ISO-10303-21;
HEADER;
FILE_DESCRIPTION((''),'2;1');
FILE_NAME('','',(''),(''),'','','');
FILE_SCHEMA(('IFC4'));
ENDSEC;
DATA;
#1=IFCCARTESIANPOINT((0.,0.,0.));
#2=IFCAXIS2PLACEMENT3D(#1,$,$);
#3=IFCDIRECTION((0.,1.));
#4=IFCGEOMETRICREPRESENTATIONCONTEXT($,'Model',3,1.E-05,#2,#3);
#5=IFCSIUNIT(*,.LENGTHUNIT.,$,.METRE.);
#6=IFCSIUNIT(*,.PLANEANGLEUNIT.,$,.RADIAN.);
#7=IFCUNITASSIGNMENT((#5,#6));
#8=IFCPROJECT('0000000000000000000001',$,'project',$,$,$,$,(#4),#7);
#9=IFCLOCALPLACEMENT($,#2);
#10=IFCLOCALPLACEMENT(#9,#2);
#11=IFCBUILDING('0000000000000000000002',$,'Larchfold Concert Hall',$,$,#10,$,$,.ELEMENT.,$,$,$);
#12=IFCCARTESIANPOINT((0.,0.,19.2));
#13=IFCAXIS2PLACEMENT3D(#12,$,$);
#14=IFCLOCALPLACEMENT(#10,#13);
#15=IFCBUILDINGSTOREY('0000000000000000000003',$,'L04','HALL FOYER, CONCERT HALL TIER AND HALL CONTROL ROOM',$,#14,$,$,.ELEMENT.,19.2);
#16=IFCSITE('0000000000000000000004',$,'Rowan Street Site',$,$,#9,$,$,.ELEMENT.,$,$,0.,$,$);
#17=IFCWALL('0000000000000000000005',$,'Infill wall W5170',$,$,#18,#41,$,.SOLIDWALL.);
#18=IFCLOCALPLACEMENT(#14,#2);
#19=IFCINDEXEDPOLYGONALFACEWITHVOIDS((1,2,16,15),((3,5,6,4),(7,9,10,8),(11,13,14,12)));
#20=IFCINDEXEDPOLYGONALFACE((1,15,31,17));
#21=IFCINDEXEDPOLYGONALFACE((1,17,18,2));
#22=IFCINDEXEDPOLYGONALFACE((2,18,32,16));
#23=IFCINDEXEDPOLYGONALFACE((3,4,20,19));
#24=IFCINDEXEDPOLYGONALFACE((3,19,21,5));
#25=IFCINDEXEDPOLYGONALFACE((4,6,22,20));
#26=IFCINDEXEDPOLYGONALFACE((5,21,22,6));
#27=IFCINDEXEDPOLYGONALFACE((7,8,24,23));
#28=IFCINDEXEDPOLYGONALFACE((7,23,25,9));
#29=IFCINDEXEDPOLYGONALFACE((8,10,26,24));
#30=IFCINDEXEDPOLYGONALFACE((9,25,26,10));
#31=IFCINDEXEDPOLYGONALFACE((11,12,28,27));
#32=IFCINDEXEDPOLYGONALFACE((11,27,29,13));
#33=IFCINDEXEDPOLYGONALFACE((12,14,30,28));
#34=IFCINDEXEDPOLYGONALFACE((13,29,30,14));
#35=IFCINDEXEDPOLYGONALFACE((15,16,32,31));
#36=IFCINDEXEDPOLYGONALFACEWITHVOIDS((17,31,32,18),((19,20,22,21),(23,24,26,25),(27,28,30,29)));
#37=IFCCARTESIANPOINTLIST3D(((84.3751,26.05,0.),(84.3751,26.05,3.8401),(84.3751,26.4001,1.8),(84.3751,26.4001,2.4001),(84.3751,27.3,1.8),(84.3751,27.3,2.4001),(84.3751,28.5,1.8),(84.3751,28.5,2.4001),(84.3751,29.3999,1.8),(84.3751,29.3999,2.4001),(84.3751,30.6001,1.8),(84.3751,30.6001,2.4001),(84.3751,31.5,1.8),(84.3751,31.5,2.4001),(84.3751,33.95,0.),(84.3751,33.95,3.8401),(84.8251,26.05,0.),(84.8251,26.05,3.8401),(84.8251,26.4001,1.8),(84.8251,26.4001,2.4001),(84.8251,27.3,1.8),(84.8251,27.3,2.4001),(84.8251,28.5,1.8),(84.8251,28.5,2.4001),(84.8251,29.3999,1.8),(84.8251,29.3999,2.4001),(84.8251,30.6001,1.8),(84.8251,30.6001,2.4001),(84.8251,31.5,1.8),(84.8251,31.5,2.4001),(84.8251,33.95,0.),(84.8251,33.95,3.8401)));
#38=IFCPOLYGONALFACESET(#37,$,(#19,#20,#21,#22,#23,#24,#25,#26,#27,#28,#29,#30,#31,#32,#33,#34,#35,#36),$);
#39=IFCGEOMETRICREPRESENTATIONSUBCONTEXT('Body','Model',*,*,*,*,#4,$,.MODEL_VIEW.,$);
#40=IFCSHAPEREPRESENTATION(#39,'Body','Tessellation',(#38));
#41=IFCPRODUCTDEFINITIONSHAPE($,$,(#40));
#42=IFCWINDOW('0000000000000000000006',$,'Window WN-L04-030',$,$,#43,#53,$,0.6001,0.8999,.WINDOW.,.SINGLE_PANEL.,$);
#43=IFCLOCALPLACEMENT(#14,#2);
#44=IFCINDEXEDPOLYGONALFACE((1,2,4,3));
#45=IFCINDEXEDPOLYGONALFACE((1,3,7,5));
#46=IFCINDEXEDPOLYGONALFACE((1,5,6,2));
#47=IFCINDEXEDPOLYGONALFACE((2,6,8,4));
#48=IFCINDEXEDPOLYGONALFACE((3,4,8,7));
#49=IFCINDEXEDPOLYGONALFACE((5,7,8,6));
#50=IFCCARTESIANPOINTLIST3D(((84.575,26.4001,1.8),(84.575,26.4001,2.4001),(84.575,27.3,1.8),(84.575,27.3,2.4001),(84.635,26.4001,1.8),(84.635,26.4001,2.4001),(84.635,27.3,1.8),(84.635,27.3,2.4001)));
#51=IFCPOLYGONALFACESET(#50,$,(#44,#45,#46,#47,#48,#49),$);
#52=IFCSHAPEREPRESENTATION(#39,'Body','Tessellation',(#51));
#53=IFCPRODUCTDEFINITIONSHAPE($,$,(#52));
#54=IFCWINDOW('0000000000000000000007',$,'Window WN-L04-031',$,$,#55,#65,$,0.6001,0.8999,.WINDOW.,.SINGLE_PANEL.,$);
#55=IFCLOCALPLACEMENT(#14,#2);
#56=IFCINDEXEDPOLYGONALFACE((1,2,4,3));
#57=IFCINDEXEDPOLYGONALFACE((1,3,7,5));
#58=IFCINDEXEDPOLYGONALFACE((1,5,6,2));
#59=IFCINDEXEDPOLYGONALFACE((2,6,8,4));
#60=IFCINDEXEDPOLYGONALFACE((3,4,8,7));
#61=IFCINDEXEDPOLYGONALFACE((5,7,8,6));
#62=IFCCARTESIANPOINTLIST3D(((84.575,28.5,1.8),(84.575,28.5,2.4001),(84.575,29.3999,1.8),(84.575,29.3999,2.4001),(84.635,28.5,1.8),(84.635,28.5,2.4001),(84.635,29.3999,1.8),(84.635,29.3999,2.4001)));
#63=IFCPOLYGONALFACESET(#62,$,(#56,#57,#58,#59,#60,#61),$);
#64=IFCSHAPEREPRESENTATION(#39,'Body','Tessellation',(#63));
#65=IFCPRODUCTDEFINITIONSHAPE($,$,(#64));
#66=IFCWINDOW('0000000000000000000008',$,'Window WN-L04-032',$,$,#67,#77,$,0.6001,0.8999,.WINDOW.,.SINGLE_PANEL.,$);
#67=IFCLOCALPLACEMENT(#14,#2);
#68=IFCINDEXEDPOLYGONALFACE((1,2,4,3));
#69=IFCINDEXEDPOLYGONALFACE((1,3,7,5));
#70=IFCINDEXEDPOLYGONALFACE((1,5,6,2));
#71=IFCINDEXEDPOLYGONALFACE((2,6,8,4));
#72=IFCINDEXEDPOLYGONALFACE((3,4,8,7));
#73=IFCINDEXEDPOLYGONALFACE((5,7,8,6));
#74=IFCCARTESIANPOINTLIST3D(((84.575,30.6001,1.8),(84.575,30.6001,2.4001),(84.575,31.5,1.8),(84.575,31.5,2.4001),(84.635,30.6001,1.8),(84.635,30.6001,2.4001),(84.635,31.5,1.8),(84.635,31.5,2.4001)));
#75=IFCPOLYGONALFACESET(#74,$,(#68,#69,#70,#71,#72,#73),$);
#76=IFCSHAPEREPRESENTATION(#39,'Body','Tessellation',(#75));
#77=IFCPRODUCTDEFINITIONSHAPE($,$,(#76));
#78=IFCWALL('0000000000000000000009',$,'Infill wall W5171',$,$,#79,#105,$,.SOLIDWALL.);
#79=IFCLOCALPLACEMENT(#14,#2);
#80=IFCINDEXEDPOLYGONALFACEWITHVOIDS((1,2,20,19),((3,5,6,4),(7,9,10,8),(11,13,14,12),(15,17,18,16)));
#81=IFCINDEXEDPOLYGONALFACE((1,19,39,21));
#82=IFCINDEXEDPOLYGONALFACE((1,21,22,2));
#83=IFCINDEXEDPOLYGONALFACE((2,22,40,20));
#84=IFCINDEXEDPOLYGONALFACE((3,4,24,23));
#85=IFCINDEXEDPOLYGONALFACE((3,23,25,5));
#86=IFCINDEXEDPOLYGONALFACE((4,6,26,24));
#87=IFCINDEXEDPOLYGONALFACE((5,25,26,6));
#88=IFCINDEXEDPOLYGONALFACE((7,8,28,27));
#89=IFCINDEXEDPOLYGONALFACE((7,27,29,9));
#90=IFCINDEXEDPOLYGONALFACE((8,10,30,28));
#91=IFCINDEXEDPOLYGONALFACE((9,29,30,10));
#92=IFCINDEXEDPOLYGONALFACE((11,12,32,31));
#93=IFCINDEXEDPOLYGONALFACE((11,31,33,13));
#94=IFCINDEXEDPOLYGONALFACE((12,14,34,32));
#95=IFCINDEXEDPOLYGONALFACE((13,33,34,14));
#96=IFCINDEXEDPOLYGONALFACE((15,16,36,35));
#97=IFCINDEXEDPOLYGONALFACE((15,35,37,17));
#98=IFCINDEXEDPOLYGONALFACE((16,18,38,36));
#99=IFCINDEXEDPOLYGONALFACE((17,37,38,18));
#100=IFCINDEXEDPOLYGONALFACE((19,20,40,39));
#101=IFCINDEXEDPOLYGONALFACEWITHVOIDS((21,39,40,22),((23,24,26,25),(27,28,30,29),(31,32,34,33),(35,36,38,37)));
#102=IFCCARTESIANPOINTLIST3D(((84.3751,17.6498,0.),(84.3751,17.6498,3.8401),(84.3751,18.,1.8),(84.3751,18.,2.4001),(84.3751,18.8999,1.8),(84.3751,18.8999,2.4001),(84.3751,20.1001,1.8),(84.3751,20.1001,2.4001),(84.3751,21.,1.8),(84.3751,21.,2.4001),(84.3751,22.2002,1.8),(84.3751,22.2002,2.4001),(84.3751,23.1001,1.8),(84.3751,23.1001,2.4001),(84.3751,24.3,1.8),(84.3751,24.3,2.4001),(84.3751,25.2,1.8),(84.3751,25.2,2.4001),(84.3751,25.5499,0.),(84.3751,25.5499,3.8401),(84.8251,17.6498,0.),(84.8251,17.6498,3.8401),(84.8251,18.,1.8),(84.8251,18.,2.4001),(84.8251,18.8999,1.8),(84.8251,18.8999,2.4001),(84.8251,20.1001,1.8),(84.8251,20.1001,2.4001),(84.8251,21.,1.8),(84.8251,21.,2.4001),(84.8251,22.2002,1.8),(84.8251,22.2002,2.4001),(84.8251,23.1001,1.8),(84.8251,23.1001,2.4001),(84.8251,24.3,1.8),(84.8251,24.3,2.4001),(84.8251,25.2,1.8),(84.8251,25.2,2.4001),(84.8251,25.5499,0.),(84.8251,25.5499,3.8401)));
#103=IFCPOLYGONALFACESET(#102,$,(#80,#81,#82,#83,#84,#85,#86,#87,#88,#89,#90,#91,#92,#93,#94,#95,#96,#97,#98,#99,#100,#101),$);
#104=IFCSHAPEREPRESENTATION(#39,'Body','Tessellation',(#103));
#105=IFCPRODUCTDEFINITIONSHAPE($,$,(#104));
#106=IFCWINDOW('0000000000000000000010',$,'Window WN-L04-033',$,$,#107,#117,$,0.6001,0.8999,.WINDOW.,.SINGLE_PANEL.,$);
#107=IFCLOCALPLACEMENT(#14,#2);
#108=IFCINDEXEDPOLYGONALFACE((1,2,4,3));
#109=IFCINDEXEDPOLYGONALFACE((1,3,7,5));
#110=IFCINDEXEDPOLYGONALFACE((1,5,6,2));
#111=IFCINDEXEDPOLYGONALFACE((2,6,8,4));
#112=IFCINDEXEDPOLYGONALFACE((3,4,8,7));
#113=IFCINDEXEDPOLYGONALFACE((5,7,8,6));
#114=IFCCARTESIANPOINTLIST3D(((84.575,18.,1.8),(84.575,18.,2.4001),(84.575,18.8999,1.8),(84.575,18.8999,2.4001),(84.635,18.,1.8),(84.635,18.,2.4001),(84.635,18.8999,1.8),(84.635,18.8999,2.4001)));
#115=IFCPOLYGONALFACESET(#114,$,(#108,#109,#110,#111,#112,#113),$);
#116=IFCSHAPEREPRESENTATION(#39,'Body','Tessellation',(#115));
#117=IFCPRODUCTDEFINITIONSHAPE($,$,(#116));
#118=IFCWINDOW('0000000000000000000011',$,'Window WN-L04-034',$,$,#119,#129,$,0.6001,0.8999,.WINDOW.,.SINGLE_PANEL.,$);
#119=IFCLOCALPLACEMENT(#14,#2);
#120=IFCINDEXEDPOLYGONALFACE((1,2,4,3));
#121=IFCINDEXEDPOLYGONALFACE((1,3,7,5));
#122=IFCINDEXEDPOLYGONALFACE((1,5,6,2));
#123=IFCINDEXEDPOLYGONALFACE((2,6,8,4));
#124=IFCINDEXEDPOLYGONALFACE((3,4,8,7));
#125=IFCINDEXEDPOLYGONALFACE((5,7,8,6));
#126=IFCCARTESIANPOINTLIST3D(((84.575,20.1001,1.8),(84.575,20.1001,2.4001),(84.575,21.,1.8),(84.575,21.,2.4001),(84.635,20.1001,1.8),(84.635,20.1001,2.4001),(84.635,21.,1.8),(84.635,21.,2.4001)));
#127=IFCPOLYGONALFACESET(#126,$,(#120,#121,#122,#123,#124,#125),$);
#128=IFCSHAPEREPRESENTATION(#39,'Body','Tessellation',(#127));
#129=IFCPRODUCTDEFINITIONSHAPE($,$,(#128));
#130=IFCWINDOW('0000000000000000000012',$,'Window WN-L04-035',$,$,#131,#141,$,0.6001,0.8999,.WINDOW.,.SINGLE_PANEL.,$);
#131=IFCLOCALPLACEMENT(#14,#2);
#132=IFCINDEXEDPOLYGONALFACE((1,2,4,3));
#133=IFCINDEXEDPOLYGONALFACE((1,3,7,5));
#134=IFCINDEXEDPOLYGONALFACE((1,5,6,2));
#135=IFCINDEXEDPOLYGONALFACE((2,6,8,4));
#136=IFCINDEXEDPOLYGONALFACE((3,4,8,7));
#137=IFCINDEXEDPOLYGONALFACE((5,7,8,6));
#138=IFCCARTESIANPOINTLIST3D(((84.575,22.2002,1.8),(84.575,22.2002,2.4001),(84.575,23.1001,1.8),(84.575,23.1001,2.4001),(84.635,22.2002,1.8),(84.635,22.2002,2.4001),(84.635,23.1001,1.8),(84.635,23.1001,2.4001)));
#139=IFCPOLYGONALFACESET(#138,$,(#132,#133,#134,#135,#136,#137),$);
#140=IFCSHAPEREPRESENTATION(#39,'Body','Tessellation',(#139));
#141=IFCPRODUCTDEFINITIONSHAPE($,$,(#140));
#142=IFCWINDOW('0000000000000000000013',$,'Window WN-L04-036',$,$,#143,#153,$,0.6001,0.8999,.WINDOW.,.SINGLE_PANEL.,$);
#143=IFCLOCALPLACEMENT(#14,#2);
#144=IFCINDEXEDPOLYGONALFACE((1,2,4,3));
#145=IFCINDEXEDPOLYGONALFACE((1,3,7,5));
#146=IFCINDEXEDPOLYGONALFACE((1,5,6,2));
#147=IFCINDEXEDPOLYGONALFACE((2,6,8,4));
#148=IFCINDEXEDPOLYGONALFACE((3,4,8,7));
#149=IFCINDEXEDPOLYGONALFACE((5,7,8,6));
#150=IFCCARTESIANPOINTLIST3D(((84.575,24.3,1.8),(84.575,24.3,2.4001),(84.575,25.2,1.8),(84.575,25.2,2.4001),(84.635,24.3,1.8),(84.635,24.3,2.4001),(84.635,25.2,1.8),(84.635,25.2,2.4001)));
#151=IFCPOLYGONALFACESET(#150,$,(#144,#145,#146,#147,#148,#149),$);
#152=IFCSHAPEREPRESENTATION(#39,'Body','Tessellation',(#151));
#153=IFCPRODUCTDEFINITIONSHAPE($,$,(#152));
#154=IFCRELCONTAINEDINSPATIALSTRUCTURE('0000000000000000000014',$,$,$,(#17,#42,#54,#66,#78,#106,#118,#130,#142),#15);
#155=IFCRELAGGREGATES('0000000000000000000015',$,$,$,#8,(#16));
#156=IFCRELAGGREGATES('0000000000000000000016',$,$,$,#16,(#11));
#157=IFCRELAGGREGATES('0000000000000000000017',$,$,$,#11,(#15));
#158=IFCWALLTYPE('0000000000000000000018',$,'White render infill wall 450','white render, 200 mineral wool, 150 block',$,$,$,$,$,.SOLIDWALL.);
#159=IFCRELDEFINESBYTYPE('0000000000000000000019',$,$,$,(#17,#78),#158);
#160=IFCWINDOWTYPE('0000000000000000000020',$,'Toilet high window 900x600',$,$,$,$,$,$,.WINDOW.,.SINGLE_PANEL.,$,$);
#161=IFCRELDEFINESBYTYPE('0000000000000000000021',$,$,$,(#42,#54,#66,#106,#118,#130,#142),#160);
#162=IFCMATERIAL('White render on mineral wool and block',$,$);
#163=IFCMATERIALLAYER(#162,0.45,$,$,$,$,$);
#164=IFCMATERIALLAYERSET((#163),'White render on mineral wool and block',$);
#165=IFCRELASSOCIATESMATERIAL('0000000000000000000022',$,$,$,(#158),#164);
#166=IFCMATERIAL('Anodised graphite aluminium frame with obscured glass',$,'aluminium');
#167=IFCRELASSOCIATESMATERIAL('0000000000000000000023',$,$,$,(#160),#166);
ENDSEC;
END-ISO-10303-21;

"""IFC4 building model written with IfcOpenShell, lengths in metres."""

from ifc_helpers import new_model, si_unit, direction, frame, frame_2d, origin, place, context, subcontext, project, spatial, rectangle, extrude, material, layer, layer_set, type_object, element, fill, save


model = new_model("IFC4")

# Units and contexts
model_context = context("Model", 3, precision=1e-05, world=origin(), true_north=direction((0.0, 1.0)))
body_context = subcontext(model_context, "Body", "Model", "MODEL_VIEW")
ifc_project = project(units=[si_unit("LENGTHUNIT", "METRE"), si_unit("PLANEANGLEUNIT", "RADIAN")], contexts=[model_context])

# Site, building, storey
site_placement = place(None, origin())
site = spatial("IfcSite", under=ifc_project, at=site_placement, Name="Rowan Street Site", CompositionType="ELEMENT", RefElevation=0.0)
building_placement = place(site_placement, origin())
building = spatial("IfcBuilding", under=site, at=building_placement, Name="Larchfold Concert Hall", CompositionType="ELEMENT")
storey_placement = place(building_placement, frame((0.0, 0.0, 19.2)))
storey = spatial("IfcBuildingStorey", under=building, at=storey_placement, Name="L04", Description="HALL FOYER, CONCERT HALL TIER AND HALL CONTROL ROOM", CompositionType="ELEMENT", Elevation=19.2)

# Walls, openings, windows
ifc_material_1 = material(Name="White render on mineral wool and block")
ifc_layer_1 = layer(ifc_material_1, 0.45)
ifc_layer_set_1 = layer_set([ifc_layer_1], Name="White render on mineral wool and block")
wall_type_1 = type_object("IfcWallType", Name="White render infill wall 450", Description="white render, 200 mineral wool, 150 block", PredefinedType="SOLIDWALL", material=ifc_layer_set_1)
wall_1_placement = place(storey_placement, frame((84.6001, 33.95, 0.0), z_axis=(0.0, 0.0, 1.0), x_axis=(0.0, -1.0, 0.0)))
wall_1 = element("IfcWall", 1, at=wall_1_placement, inside=storey, type_object=wall_type_1, Name="Infill wall W5170", PredefinedType="SOLIDWALL", context=body_context, shape_type="SweptSolid", body=[
    extrude(rectangle(XDim=7.8999, YDim=0.45, at=frame_2d((3.95, 0.0))), origin(), (0.0, 0.0, 1.0), 3.8401),
])
opening_1_placement = place(wall_1_placement, frame((6.6499, 0.0, 1.8)))
opening_1 = element("IfcOpeningElement", 2, at=opening_1_placement, cuts=wall_1, PredefinedType="OPENING", context=body_context, shape_type="SweptSolid", body=[
    extrude(rectangle(XDim=0.8999, YDim=0.6001, at=frame_2d((0.45, 0.3))), frame((0.0, 0.2349, 0.0), z_axis=(0.0, -1.0, 0.0), x_axis=(1.0, 0.0, 0.0)), (0.0, 0.0, 1.0), 0.47),
])
opening_2_placement = place(wall_1_placement, frame((4.55, 0.0, 1.8)))
opening_2 = element("IfcOpeningElement", 3, at=opening_2_placement, cuts=wall_1, PredefinedType="OPENING", context=body_context, shape_type="SweptSolid", body=[
    extrude(rectangle(XDim=0.8999, YDim=0.6001, at=frame_2d((0.45, 0.3))), frame((0.0, 0.2349, 0.0), z_axis=(0.0, -1.0, 0.0), x_axis=(1.0, 0.0, 0.0)), (0.0, 0.0, 1.0), 0.47),
])
opening_3_placement = place(wall_1_placement, frame((2.45, 0.0, 1.8)))
opening_3 = element("IfcOpeningElement", 4, at=opening_3_placement, cuts=wall_1, PredefinedType="OPENING", context=body_context, shape_type="SweptSolid", body=[
    extrude(rectangle(XDim=0.8999, YDim=0.6001, at=frame_2d((0.45, 0.3))), frame((0.0, 0.2349, 0.0), z_axis=(0.0, -1.0, 0.0), x_axis=(1.0, 0.0, 0.0)), (0.0, 0.0, 1.0), 0.47),
])
ifc_material_2 = material(Name="Anodised graphite aluminium frame with obscured glass", Category="aluminium")
window_type = type_object("IfcWindowType", Name="Toilet high window 900x600", PartitioningType="SINGLE_PANEL", PredefinedType="WINDOW", material=ifc_material_2)
window_1_placement = place(opening_1_placement, origin())
window_1 = element("IfcWindow", 5, at=window_1_placement, inside=storey, type_object=window_type, Name="Window WN-L04-030", OverallHeight=0.6001, OverallWidth=0.8999, PartitioningType="SINGLE_PANEL", PredefinedType="WINDOW", context=body_context, shape_type="SweptSolid", body=[
    extrude(rectangle(XDim=0.8999, YDim=0.6001, at=frame_2d((0.45, 0.3))), frame((0.0, 0.0349, 0.0), z_axis=(0.0, -1.0, 0.0), x_axis=(1.0, 0.0, 0.0)), (0.0, 0.0, 1.0), 0.0601),
])
fill(opening_1, window_1)
window_2_placement = place(opening_2_placement, origin())
window_2 = element("IfcWindow", 6, at=window_2_placement, inside=storey, type_object=window_type, Name="Window WN-L04-031", OverallHeight=0.6001, OverallWidth=0.8999, PartitioningType="SINGLE_PANEL", PredefinedType="WINDOW", context=body_context, shape_type="SweptSolid", body=[
    extrude(rectangle(XDim=0.8999, YDim=0.6001, at=frame_2d((0.45, 0.3))), frame((0.0, 0.0349, 0.0), z_axis=(0.0, -1.0, 0.0), x_axis=(1.0, 0.0, 0.0)), (0.0, 0.0, 1.0), 0.0601),
])
fill(opening_2, window_2)
window_3_placement = place(opening_3_placement, origin())
window_3 = element("IfcWindow", 7, at=window_3_placement, inside=storey, type_object=window_type, Name="Window WN-L04-032", OverallHeight=0.6001, OverallWidth=0.8999, PartitioningType="SINGLE_PANEL", PredefinedType="WINDOW", context=body_context, shape_type="SweptSolid", body=[
    extrude(rectangle(XDim=0.8999, YDim=0.6001, at=frame_2d((0.45, 0.3))), frame((0.0, 0.0349, 0.0), z_axis=(0.0, -1.0, 0.0), x_axis=(1.0, 0.0, 0.0)), (0.0, 0.0, 1.0), 0.0601),
])
fill(opening_3, window_3)
wall_2_placement = place(storey_placement, frame((84.6001, 25.55, 0.0), z_axis=(0.0, 0.0, 1.0), x_axis=(0.0, -1.0, 0.0)))
wall_2 = element("IfcWall", 8, at=wall_2_placement, inside=storey, type_object=wall_type_1, Name="Infill wall W5171", PredefinedType="SOLIDWALL", context=body_context, shape_type="SweptSolid", body=[
    extrude(rectangle(XDim=7.9001, YDim=0.45, at=frame_2d((3.9502, 0.0))), origin(), (0.0, 0.0, 1.0), 3.8401),
])
opening_4_placement = place(wall_2_placement, frame((6.6501, 0.0, 1.8)))
opening_4 = element("IfcOpeningElement", 9, at=opening_4_placement, cuts=wall_2, PredefinedType="OPENING", context=body_context, shape_type="SweptSolid", body=[
    extrude(rectangle(XDim=0.8999, YDim=0.6001, at=frame_2d((0.45, 0.3))), frame((0.0, 0.2349, 0.0), z_axis=(0.0, -1.0, 0.0), x_axis=(1.0, 0.0, 0.0)), (0.0, 0.0, 1.0), 0.47),
])
opening_5_placement = place(wall_2_placement, frame((4.55, 0.0, 1.8)))
opening_5 = element("IfcOpeningElement", 10, at=opening_5_placement, cuts=wall_2, PredefinedType="OPENING", context=body_context, shape_type="SweptSolid", body=[
    extrude(rectangle(XDim=0.8999, YDim=0.6001, at=frame_2d((0.45, 0.3))), frame((0.0, 0.2349, 0.0), z_axis=(0.0, -1.0, 0.0), x_axis=(1.0, 0.0, 0.0)), (0.0, 0.0, 1.0), 0.47),
])
opening_6_placement = place(wall_2_placement, frame((2.45, 0.0, 1.8)))
opening_6 = element("IfcOpeningElement", 11, at=opening_6_placement, cuts=wall_2, PredefinedType="OPENING", context=body_context, shape_type="SweptSolid", body=[
    extrude(rectangle(XDim=0.8999, YDim=0.6001, at=frame_2d((0.45, 0.3))), frame((0.0, 0.2349, 0.0), z_axis=(0.0, -1.0, 0.0), x_axis=(1.0, 0.0, 0.0)), (0.0, 0.0, 1.0), 0.47),
])
opening_7_placement = place(wall_2_placement, frame((0.3501, 0.0, 1.8)))
opening_7 = element("IfcOpeningElement", 12, at=opening_7_placement, cuts=wall_2, PredefinedType="OPENING", context=body_context, shape_type="SweptSolid", body=[
    extrude(rectangle(XDim=0.8999, YDim=0.6001, at=frame_2d((0.45, 0.3))), frame((0.0, 0.2349, 0.0), z_axis=(0.0, -1.0, 0.0), x_axis=(1.0, 0.0, 0.0)), (0.0, 0.0, 1.0), 0.47),
])
window_4_placement = place(opening_4_placement, origin())
window_4 = element("IfcWindow", 13, at=window_4_placement, inside=storey, type_object=window_type, Name="Window WN-L04-033", OverallHeight=0.6001, OverallWidth=0.8999, PartitioningType="SINGLE_PANEL", PredefinedType="WINDOW", context=body_context, shape_type="SweptSolid", body=[
    extrude(rectangle(XDim=0.8999, YDim=0.6001, at=frame_2d((0.45, 0.3))), frame((0.0, 0.0349, 0.0), z_axis=(0.0, -1.0, 0.0), x_axis=(1.0, 0.0, 0.0)), (0.0, 0.0, 1.0), 0.0601),
])
fill(opening_4, window_4)
window_5_placement = place(opening_5_placement, origin())
window_5 = element("IfcWindow", 14, at=window_5_placement, inside=storey, type_object=window_type, Name="Window WN-L04-034", OverallHeight=0.6001, OverallWidth=0.8999, PartitioningType="SINGLE_PANEL", PredefinedType="WINDOW", context=body_context, shape_type="SweptSolid", body=[
    extrude(rectangle(XDim=0.8999, YDim=0.6001, at=frame_2d((0.45, 0.3))), frame((0.0, 0.0349, 0.0), z_axis=(0.0, -1.0, 0.0), x_axis=(1.0, 0.0, 0.0)), (0.0, 0.0, 1.0), 0.0601),
])
fill(opening_5, window_5)
window_6_placement = place(opening_6_placement, origin())
window_6 = element("IfcWindow", 15, at=window_6_placement, inside=storey, type_object=window_type, Name="Window WN-L04-035", OverallHeight=0.6001, OverallWidth=0.8999, PartitioningType="SINGLE_PANEL", PredefinedType="WINDOW", context=body_context, shape_type="SweptSolid", body=[
    extrude(rectangle(XDim=0.8999, YDim=0.6001, at=frame_2d((0.45, 0.3))), frame((0.0, 0.0349, 0.0), z_axis=(0.0, -1.0, 0.0), x_axis=(1.0, 0.0, 0.0)), (0.0, 0.0, 1.0), 0.0601),
])
fill(opening_6, window_6)
window_7_placement = place(opening_7_placement, origin())
window_7 = element("IfcWindow", 16, at=window_7_placement, inside=storey, type_object=window_type, Name="Window WN-L04-036", OverallHeight=0.6001, OverallWidth=0.8999, PartitioningType="SINGLE_PANEL", PredefinedType="WINDOW", context=body_context, shape_type="SweptSolid", body=[
    extrude(rectangle(XDim=0.8999, YDim=0.6001, at=frame_2d((0.45, 0.3))), frame((0.0, 0.0349, 0.0), z_axis=(0.0, -1.0, 0.0), x_axis=(1.0, 0.0, 0.0)), (0.0, 0.0, 1.0), 0.0601),
])
fill(opening_7, window_7)

save(model, "model.ifc")
